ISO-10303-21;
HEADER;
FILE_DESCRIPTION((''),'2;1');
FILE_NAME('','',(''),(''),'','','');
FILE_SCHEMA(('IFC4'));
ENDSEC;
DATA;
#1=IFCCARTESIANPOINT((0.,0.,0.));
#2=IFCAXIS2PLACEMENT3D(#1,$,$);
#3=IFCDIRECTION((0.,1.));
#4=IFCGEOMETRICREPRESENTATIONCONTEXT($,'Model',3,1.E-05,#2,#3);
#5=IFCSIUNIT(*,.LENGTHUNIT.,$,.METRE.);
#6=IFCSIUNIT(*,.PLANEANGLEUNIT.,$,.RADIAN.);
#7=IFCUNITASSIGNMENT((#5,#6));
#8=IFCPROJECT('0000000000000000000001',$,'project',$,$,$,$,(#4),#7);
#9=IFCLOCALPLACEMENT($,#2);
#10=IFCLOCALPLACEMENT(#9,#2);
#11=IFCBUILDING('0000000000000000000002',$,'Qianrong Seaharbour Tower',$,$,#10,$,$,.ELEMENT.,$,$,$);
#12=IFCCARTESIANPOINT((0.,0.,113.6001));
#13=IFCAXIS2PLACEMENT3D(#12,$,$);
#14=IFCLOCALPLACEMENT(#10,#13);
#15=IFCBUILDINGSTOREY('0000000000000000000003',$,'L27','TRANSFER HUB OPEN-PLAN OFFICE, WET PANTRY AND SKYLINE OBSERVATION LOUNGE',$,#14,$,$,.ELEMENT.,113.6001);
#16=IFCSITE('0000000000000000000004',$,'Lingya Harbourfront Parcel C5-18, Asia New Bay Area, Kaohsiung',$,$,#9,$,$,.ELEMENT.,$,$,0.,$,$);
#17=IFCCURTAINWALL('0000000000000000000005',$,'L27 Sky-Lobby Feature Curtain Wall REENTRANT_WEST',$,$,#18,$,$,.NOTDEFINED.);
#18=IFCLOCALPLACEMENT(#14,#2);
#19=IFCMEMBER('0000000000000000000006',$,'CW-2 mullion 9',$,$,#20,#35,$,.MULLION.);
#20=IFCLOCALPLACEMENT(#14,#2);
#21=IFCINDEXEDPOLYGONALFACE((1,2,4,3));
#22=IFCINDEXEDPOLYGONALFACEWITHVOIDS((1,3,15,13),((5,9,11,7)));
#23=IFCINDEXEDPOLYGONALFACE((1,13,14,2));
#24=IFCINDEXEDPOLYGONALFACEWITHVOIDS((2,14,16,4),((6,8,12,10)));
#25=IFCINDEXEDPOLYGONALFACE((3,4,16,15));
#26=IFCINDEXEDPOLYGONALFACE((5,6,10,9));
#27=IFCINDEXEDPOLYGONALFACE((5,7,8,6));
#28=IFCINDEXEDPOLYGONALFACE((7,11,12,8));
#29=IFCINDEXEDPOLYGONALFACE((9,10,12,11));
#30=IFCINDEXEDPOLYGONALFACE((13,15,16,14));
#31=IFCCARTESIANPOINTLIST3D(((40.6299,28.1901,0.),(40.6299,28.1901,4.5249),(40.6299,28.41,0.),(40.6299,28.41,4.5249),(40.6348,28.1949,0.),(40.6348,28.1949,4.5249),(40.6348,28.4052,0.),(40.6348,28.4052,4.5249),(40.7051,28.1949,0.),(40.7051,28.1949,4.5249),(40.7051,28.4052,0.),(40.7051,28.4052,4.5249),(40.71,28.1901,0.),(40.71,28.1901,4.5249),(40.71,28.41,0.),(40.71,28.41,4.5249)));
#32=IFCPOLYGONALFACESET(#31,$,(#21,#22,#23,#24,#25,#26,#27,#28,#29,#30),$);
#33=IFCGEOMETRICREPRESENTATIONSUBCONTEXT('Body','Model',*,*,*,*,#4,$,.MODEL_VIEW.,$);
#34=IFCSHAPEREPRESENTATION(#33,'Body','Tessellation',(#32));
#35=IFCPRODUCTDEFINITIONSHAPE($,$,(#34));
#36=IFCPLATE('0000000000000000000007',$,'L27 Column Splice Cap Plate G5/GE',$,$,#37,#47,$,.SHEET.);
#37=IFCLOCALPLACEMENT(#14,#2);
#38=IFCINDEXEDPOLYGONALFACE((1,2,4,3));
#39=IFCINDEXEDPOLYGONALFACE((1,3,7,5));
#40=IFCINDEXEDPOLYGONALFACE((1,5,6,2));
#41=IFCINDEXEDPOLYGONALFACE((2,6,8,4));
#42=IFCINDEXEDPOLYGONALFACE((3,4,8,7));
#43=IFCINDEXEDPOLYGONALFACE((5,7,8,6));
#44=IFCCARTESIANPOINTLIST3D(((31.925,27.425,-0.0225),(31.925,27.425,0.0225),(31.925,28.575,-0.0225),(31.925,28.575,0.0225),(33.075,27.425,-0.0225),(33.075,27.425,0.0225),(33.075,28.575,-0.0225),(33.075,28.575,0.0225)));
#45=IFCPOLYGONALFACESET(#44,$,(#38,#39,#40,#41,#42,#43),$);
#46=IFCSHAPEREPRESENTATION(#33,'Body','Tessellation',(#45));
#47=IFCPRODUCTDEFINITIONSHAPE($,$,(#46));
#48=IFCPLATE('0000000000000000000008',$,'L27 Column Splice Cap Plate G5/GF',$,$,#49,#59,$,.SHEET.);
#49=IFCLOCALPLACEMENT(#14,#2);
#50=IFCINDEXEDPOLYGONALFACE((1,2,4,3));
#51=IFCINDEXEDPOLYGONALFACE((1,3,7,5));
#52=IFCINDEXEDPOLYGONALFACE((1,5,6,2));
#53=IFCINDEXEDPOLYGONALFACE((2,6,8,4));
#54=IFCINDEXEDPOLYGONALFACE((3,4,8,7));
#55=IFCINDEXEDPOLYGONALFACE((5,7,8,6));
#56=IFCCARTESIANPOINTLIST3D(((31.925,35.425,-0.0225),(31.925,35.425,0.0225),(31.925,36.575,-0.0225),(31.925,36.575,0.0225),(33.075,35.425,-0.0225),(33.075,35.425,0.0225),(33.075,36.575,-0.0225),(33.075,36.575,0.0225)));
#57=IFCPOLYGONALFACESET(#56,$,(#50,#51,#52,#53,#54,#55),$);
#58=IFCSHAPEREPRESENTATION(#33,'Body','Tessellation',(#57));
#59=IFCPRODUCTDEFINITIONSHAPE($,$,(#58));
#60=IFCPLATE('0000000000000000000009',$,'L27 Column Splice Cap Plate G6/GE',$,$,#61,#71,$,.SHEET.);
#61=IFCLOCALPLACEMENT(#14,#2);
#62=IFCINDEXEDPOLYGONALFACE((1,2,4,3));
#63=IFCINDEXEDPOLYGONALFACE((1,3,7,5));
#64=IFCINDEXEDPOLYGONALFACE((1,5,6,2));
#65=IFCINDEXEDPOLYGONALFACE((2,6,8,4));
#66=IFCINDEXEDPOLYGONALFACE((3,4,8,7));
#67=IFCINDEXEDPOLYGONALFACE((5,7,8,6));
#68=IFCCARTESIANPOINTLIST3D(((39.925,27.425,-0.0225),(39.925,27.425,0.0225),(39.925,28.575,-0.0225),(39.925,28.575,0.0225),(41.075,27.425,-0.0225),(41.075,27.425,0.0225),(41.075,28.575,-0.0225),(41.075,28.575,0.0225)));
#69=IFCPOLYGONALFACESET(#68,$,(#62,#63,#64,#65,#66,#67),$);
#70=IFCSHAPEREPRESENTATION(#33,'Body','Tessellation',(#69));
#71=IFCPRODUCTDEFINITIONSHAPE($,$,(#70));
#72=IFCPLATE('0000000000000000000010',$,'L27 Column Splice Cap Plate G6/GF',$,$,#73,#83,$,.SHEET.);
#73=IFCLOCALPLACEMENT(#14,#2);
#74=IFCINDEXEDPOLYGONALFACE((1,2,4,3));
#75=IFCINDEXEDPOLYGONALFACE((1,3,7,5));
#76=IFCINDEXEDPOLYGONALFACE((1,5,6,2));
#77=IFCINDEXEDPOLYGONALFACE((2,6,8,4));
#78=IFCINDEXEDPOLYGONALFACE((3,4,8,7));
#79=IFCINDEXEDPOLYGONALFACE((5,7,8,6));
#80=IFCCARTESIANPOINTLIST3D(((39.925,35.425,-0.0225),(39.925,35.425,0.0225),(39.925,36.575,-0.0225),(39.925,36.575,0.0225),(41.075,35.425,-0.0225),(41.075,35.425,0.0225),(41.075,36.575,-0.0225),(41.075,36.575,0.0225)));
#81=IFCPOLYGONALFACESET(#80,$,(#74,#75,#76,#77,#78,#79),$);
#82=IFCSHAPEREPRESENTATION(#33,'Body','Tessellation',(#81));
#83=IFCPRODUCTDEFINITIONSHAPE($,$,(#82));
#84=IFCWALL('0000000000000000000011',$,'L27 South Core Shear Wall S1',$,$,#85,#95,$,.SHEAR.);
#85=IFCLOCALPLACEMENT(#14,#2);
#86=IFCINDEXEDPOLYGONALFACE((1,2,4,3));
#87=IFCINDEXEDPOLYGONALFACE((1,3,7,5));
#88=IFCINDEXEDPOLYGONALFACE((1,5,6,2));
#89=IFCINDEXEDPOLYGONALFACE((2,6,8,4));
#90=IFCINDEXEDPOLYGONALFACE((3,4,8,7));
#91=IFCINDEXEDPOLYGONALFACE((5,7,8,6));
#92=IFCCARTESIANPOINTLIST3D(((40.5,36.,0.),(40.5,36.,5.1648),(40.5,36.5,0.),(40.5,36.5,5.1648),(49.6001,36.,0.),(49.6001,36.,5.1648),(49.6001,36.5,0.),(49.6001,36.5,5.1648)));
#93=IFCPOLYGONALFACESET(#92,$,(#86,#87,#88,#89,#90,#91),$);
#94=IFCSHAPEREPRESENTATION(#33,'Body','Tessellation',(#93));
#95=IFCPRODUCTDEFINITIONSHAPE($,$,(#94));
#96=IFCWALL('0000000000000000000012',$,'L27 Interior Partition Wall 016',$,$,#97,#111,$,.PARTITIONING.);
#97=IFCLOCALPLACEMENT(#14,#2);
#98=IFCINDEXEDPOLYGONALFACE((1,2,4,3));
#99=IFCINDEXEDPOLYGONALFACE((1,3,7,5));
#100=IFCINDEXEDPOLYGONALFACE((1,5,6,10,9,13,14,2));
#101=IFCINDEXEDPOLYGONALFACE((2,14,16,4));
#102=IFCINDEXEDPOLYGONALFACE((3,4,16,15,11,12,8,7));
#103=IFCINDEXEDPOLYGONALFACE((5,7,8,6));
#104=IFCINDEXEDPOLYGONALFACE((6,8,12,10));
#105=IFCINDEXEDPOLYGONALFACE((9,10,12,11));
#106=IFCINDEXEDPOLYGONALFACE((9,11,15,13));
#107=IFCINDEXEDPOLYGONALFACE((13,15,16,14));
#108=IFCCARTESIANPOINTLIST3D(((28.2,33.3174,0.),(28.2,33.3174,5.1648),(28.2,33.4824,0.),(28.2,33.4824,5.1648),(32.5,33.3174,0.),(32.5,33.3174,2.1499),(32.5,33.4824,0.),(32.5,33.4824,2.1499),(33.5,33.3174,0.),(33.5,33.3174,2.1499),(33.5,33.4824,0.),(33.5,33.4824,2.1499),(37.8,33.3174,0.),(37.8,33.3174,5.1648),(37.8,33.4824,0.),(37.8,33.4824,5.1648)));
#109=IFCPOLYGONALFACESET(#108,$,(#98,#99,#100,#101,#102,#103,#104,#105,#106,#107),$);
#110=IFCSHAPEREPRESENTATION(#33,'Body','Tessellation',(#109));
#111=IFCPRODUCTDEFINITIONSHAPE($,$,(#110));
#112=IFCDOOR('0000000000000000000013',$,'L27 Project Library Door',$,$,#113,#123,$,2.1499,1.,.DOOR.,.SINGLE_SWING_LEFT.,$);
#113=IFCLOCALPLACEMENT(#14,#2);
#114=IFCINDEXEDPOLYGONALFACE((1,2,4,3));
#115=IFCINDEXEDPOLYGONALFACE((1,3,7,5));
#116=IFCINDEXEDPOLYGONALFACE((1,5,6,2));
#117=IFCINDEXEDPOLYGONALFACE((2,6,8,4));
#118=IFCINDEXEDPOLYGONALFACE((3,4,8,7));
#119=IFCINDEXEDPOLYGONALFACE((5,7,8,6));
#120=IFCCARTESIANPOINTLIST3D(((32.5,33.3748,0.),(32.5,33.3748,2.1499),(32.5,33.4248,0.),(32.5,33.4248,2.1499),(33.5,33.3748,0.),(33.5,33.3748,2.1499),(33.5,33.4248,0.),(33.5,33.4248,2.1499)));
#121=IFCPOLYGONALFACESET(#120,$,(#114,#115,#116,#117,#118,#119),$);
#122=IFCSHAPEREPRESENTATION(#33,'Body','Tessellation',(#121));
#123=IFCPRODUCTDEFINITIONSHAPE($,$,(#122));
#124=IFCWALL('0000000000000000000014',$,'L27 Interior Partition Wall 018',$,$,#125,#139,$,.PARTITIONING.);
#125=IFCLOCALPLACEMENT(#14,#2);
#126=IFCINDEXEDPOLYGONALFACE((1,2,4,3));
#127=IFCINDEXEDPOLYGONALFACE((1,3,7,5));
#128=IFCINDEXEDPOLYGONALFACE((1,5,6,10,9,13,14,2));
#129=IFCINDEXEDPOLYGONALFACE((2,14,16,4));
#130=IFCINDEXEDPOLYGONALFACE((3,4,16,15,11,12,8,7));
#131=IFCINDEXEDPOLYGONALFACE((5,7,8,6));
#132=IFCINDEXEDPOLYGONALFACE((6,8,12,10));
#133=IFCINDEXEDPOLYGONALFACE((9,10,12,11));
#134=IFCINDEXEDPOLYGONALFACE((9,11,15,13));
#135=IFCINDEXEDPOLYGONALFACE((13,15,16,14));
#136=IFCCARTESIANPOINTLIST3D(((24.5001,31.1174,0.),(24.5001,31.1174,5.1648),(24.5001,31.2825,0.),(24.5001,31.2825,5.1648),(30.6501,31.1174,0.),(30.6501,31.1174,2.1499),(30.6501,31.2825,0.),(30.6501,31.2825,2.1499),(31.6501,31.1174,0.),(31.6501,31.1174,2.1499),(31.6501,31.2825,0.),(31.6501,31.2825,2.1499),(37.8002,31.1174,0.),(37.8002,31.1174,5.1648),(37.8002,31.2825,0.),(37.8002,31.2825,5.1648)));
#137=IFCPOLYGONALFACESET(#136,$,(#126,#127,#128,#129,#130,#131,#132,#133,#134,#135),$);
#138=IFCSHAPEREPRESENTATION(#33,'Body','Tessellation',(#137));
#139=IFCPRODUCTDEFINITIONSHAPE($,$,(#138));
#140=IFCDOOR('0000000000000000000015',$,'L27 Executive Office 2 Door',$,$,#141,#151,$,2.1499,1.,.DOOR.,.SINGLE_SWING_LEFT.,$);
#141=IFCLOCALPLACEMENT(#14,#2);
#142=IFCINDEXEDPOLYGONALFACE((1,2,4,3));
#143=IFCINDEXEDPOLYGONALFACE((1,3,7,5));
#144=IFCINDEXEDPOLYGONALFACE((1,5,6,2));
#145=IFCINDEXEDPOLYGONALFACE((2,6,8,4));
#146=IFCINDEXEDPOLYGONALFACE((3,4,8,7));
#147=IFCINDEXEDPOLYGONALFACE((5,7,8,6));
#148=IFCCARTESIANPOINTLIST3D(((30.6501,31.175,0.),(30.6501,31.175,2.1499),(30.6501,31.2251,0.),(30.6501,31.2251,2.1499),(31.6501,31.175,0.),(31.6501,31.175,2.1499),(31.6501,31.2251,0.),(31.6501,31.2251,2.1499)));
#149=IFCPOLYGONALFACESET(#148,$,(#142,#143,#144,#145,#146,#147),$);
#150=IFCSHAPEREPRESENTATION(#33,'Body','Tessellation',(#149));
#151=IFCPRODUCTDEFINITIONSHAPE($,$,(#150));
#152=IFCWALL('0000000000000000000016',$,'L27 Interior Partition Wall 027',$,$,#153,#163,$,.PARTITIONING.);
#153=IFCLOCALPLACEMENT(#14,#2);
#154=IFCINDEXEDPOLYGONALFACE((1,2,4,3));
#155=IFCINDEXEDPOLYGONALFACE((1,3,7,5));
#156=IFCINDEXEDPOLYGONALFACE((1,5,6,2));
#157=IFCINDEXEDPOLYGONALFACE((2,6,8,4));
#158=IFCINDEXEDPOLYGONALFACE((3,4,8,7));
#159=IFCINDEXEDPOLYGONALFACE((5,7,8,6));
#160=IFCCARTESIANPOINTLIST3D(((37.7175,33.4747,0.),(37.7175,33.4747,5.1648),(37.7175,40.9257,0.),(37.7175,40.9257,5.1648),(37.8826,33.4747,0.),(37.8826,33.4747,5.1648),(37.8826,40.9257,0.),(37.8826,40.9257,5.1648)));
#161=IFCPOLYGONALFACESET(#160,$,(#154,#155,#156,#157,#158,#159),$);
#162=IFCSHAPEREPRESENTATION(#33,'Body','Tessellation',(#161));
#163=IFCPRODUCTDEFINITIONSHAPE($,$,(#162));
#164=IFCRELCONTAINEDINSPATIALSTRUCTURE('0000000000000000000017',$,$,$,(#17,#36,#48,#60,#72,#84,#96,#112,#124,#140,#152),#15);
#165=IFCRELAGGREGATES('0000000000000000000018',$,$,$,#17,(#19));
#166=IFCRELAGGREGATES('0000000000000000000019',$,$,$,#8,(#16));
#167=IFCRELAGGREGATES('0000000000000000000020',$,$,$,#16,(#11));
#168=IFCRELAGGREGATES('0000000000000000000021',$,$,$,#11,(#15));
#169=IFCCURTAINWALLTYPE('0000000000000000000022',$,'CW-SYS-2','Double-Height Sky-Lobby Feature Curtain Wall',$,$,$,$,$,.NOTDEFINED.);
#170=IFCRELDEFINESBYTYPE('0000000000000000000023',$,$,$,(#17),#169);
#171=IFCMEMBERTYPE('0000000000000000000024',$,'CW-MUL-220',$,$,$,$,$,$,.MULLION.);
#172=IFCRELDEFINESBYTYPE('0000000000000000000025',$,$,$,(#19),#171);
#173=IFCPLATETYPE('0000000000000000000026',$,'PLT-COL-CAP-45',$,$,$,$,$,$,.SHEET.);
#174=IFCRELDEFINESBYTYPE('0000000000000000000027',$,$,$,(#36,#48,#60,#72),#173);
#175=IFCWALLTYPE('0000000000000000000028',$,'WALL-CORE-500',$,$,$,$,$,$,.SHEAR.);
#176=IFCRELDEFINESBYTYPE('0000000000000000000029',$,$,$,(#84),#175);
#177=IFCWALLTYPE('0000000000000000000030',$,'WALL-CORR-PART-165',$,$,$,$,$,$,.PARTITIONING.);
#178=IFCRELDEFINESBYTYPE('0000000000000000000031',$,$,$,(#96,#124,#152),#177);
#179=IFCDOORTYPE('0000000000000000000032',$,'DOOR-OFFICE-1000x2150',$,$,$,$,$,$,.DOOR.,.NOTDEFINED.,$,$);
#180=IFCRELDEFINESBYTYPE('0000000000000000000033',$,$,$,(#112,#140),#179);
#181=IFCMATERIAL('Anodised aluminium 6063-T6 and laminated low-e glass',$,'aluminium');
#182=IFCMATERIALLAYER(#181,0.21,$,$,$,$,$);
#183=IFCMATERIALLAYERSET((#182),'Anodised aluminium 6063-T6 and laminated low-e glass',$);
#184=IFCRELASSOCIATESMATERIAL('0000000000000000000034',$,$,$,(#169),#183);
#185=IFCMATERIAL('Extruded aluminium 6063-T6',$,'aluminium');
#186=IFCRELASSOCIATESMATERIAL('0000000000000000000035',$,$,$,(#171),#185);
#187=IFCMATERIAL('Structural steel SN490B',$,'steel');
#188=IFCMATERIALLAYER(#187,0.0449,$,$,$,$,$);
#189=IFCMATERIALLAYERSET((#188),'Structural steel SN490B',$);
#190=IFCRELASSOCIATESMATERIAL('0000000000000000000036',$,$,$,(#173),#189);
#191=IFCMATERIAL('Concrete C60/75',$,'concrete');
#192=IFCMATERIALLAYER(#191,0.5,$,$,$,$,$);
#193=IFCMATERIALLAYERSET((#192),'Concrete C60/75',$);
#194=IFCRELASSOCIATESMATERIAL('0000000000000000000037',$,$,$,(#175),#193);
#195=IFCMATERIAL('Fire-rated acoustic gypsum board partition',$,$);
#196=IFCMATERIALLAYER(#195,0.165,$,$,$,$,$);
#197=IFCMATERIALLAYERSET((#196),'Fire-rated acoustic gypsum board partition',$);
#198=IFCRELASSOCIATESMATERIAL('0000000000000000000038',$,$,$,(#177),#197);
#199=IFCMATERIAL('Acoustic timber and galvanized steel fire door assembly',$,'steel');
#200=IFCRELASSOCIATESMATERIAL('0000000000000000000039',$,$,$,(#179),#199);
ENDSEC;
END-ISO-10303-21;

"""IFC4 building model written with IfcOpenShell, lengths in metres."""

from ifc_helpers import new_model, si_unit, direction, frame, frame_2d, origin, origin_2d, place, context, subcontext, project, spatial, rectangle, hollow_rectangle, extrude, material, layer, layer_set, material_profile, profile_set, type_object, element, fill, aggregate, save


model = new_model("IFC4")

# Units and contexts
model_context = context("Model", 3, precision=1e-05, world=origin(), true_north=direction((0.0, 1.0)))
body_context = subcontext(model_context, "Body", "Model", "MODEL_VIEW")
ifc_project = project(units=[si_unit("LENGTHUNIT", "METRE"), si_unit("PLANEANGLEUNIT", "RADIAN")], contexts=[model_context])

# Site, building, storey
site_placement = place(None, origin())
site = spatial("IfcSite", under=ifc_project, at=site_placement, Name="Lingya Harbourfront Parcel C5-18, Asia New Bay Area, Kaohsiung", CompositionType="ELEMENT", RefElevation=0.0)
building_placement = place(site_placement, origin())
building = spatial("IfcBuilding", under=site, at=building_placement, Name="Qianrong Seaharbour Tower", CompositionType="ELEMENT")
storey_placement = place(building_placement, frame((0.0, 0.0, 113.6001)))
storey = spatial("IfcBuildingStorey", under=building, at=storey_placement, Name="L27", Description="TRANSFER HUB OPEN-PLAN OFFICE, WET PANTRY AND SKYLINE OBSERVATION LOUNGE", CompositionType="ELEMENT", Elevation=113.6001)

# Shared definitions
ifc_material_1 = material(Name="Structural steel SN490B", Category="steel")

# Curtain wall, member
ifc_material_2 = material(Name="Anodised aluminium 6063-T6 and laminated low-e glass", Category="aluminium")
ifc_layer_1 = layer(ifc_material_2, 0.21)
ifc_layer_set_1 = layer_set([ifc_layer_1], Name="Anodised aluminium 6063-T6 and laminated low-e glass")
curtain_wall_type = type_object("IfcCurtainWallType", Name="CW-SYS-2", Description="Double-Height Sky-Lobby Feature Curtain Wall", PredefinedType="NOTDEFINED", material=ifc_layer_set_1)
curtain_wall_placement = place(storey_placement, origin())
curtain_wall = element("IfcCurtainWall", 1, at=curtain_wall_placement, inside=storey, type_object=curtain_wall_type, Name="L27 Sky-Lobby Feature Curtain Wall REENTRANT_WEST", PredefinedType="NOTDEFINED")
ifc_material_3 = material(Name="Extruded aluminium 6063-T6", Category="aluminium")
ifc_material_profile_1 = material_profile(ifc_material_3, hollow_rectangle(XDim=0.0801, YDim=0.22, WallThickness=0.0049, at=origin_2d()), Name="ALU-MUL-220x80x5")
ifc_profile_set_1 = profile_set([ifc_material_profile_1], Name="Extruded aluminium 6063-T6")
member_type = type_object("IfcMemberType", Name="CW-MUL-220", PredefinedType="MULLION", material=ifc_profile_set_1)
member_placement = place(storey_placement, frame((40.6699, 28.3, 0.0), z_axis=(0.0, 0.0, 1.0), x_axis=(-1.0, 0.0, 0.0)))
member = element("IfcMember", 2, at=member_placement, type_object=member_type, Name="CW-2 mullion 9", PredefinedType="MULLION", context=body_context, shape_type="SweptSolid", body=[
    extrude(hollow_rectangle(XDim=0.0801, YDim=0.22, WallThickness=0.0049, at=origin_2d()), origin(), (0.0, 0.0, 1.0), 4.5249),
])
aggregate(curtain_wall, [member])

# Plates
ifc_layer_2 = layer(ifc_material_1, 0.0449)
ifc_layer_set_2 = layer_set([ifc_layer_2], Name="Structural steel SN490B")
plate_type = type_object("IfcPlateType", Name="PLT-COL-CAP-45", PredefinedType="SHEET", material=ifc_layer_set_2)
for number, where, z_axis, x_axis, name in (
    (3, (32.5, 28.0, -0.0225), (0.0, 0.0, 1.0), (1.0, 0.0, 0.0), "L27 Column Splice Cap Plate G5/GE"),
    (4, (32.5, 36.0, -0.0225), (0.0, 0.0, 1.0), (1.0, 0.0, 0.0), "L27 Column Splice Cap Plate G5/GF"),
    (5, (40.5, 28.0, -0.0225), (0.0, 0.0, 1.0), (1.0, 0.0, 0.0), "L27 Column Splice Cap Plate G6/GE"),
    (6, (40.5, 36.0, -0.0225), (0.0, 0.0, 1.0), (1.0, 0.0, 0.0), "L27 Column Splice Cap Plate G6/GF"),
):
    element("IfcPlate", number, at=place(storey_placement, frame(where, z_axis=z_axis, x_axis=x_axis)), inside=storey, type_object=plate_type, Name=name, PredefinedType="SHEET", context=body_context, shape_type="SweptSolid", body=[
        extrude(rectangle(XDim=1.1499, YDim=1.1499, at=origin_2d()), origin(), (0.0, 0.0, 1.0), 0.0449),
    ])

# Wall
ifc_material_4 = material(Name="Concrete C60/75", Category="concrete")
ifc_layer_3 = layer(ifc_material_4, 0.5)
ifc_layer_set_3 = layer_set([ifc_layer_3], Name="Concrete C60/75")
wall_type_1 = type_object("IfcWallType", Name="WALL-CORE-500", PredefinedType="SHEAR", material=ifc_layer_set_3)
wall_1_placement = place(storey_placement, frame((40.5, 36.25, 0.0), z_axis=(0.0, 0.0, 1.0), x_axis=(1.0, 0.0, 0.0)))
element("IfcWall", 7, at=wall_1_placement, inside=storey, type_object=wall_type_1, Name="L27 South Core Shear Wall S1", PredefinedType="SHEAR", context=body_context, shape_type="SweptSolid", body=[
    extrude(rectangle(XDim=9.1001, YDim=0.5, at=frame_2d((4.55, 0.0))), origin(), (0.0, 0.0, 1.0), 5.1648),
])

# Walls, openings, doors
ifc_material_5 = material(Name="Fire-rated acoustic gypsum board partition")
ifc_layer_4 = layer(ifc_material_5, 0.165)
ifc_layer_set_4 = layer_set([ifc_layer_4], Name="Fire-rated acoustic gypsum board partition")
wall_type_2 = type_object("IfcWallType", Name="WALL-CORR-PART-165", PredefinedType="PARTITIONING", material=ifc_layer_set_4)
wall_2_placement = place(storey_placement, frame((28.2, 33.3999, 0.0), z_axis=(0.0, 0.0, 1.0), x_axis=(1.0, 0.0, 0.0)))
wall_2 = element("IfcWall", 8, at=wall_2_placement, inside=storey, type_object=wall_type_2, Name="L27 Interior Partition Wall 016", PredefinedType="PARTITIONING", context=body_context, shape_type="SweptSolid", body=[
    extrude(rectangle(XDim=9.6001, YDim=0.165, at=frame_2d((4.8, 0.0))), origin(), (0.0, 0.0, 1.0), 5.1648),
])
opening_1_placement = place(wall_2_placement, frame((4.3, 0.0, 0.0)))
opening_1 = element("IfcOpeningElement", 9, at=opening_1_placement, cuts=wall_2, PredefinedType="OPENING", context=body_context, shape_type="SweptSolid", body=[
    extrude(rectangle(XDim=1.0, YDim=2.1499, at=frame_2d((0.5, 1.075))), frame((0.0, 0.0925, 0.0), z_axis=(0.0, -1.0, 0.0), x_axis=(1.0, 0.0, 0.0)), (0.0, 0.0, 1.0), 0.1851),
])
ifc_material_6 = material(Name="Acoustic timber and galvanized steel fire door assembly", Category="steel")
door_type_1 = type_object("IfcDoorType", Name="DOOR-OFFICE-1000x2150", OperationType="NOTDEFINED", PredefinedType="DOOR", material=ifc_material_6)
door_1_placement = place(opening_1_placement, origin())
door_1 = element("IfcDoor", 10, at=door_1_placement, inside=storey, type_object=door_type_1, Name="L27 Project Library Door", OperationType="SINGLE_SWING_LEFT", OverallHeight=2.1499, OverallWidth=1.0, PredefinedType="DOOR", context=body_context, shape_type="SweptSolid", body=[
    extrude(rectangle(XDim=1.0, YDim=2.1499, at=frame_2d((0.5, 1.075))), frame((0.0, 0.0249, 0.0), z_axis=(0.0, -1.0, 0.0), x_axis=(1.0, 0.0, 0.0)), (0.0, 0.0, 1.0), 0.05),
])
fill(opening_1, door_1)
wall_3_placement = place(storey_placement, frame((37.8, 31.2, 0.0), z_axis=(0.0, 0.0, 1.0), x_axis=(-1.0, 0.0, 0.0)))
wall_3 = element("IfcWall", 11, at=wall_3_placement, inside=storey, type_object=wall_type_2, Name="L27 Interior Partition Wall 018", PredefinedType="PARTITIONING", context=body_context, shape_type="SweptSolid", body=[
    extrude(rectangle(XDim=13.3, YDim=0.165, at=frame_2d((6.6499, 0.0))), origin(), (0.0, 0.0, 1.0), 5.1648),
])
opening_2_placement = place(wall_3_placement, frame((6.1499, 0.0, 0.0)))
opening_2 = element("IfcOpeningElement", 12, at=opening_2_placement, cuts=wall_3, PredefinedType="OPENING", context=body_context, shape_type="SweptSolid", body=[
    extrude(rectangle(XDim=1.0, YDim=2.1499, at=frame_2d((0.5, 1.075))), frame((0.0, 0.0925, 0.0), z_axis=(0.0, -1.0, 0.0), x_axis=(1.0, 0.0, 0.0)), (0.0, 0.0, 1.0), 0.1851),
])
door_2_placement = place(opening_2_placement, origin())
door_2 = element("IfcDoor", 13, at=door_2_placement, inside=storey, type_object=door_type_1, Name="L27 Executive Office 2 Door", OperationType="SINGLE_SWING_LEFT", OverallHeight=2.1499, OverallWidth=1.0, PredefinedType="DOOR", context=body_context, shape_type="SweptSolid", body=[
    extrude(rectangle(XDim=1.0, YDim=2.1499, at=frame_2d((0.5, 1.075))), frame((0.0, 0.0249, 0.0), z_axis=(0.0, -1.0, 0.0), x_axis=(1.0, 0.0, 0.0)), (0.0, 0.0, 1.0), 0.05),
])
fill(opening_2, door_2)

# Wall
wall_4_placement = place(storey_placement, frame((37.8, 33.4746, 0.0), z_axis=(0.0, 0.0, 1.0), x_axis=(0.0, 1.0, 0.0)))
element("IfcWall", 14, at=wall_4_placement, inside=storey, type_object=wall_type_2, Name="L27 Interior Partition Wall 027", PredefinedType="PARTITIONING", context=body_context, shape_type="SweptSolid", body=[
    extrude(rectangle(XDim=7.4509, YDim=0.165, at=frame_2d((3.7256, 0.0))), origin(), (0.0, 0.0, 1.0), 5.1648),
])

save(model, "model.ifc")
